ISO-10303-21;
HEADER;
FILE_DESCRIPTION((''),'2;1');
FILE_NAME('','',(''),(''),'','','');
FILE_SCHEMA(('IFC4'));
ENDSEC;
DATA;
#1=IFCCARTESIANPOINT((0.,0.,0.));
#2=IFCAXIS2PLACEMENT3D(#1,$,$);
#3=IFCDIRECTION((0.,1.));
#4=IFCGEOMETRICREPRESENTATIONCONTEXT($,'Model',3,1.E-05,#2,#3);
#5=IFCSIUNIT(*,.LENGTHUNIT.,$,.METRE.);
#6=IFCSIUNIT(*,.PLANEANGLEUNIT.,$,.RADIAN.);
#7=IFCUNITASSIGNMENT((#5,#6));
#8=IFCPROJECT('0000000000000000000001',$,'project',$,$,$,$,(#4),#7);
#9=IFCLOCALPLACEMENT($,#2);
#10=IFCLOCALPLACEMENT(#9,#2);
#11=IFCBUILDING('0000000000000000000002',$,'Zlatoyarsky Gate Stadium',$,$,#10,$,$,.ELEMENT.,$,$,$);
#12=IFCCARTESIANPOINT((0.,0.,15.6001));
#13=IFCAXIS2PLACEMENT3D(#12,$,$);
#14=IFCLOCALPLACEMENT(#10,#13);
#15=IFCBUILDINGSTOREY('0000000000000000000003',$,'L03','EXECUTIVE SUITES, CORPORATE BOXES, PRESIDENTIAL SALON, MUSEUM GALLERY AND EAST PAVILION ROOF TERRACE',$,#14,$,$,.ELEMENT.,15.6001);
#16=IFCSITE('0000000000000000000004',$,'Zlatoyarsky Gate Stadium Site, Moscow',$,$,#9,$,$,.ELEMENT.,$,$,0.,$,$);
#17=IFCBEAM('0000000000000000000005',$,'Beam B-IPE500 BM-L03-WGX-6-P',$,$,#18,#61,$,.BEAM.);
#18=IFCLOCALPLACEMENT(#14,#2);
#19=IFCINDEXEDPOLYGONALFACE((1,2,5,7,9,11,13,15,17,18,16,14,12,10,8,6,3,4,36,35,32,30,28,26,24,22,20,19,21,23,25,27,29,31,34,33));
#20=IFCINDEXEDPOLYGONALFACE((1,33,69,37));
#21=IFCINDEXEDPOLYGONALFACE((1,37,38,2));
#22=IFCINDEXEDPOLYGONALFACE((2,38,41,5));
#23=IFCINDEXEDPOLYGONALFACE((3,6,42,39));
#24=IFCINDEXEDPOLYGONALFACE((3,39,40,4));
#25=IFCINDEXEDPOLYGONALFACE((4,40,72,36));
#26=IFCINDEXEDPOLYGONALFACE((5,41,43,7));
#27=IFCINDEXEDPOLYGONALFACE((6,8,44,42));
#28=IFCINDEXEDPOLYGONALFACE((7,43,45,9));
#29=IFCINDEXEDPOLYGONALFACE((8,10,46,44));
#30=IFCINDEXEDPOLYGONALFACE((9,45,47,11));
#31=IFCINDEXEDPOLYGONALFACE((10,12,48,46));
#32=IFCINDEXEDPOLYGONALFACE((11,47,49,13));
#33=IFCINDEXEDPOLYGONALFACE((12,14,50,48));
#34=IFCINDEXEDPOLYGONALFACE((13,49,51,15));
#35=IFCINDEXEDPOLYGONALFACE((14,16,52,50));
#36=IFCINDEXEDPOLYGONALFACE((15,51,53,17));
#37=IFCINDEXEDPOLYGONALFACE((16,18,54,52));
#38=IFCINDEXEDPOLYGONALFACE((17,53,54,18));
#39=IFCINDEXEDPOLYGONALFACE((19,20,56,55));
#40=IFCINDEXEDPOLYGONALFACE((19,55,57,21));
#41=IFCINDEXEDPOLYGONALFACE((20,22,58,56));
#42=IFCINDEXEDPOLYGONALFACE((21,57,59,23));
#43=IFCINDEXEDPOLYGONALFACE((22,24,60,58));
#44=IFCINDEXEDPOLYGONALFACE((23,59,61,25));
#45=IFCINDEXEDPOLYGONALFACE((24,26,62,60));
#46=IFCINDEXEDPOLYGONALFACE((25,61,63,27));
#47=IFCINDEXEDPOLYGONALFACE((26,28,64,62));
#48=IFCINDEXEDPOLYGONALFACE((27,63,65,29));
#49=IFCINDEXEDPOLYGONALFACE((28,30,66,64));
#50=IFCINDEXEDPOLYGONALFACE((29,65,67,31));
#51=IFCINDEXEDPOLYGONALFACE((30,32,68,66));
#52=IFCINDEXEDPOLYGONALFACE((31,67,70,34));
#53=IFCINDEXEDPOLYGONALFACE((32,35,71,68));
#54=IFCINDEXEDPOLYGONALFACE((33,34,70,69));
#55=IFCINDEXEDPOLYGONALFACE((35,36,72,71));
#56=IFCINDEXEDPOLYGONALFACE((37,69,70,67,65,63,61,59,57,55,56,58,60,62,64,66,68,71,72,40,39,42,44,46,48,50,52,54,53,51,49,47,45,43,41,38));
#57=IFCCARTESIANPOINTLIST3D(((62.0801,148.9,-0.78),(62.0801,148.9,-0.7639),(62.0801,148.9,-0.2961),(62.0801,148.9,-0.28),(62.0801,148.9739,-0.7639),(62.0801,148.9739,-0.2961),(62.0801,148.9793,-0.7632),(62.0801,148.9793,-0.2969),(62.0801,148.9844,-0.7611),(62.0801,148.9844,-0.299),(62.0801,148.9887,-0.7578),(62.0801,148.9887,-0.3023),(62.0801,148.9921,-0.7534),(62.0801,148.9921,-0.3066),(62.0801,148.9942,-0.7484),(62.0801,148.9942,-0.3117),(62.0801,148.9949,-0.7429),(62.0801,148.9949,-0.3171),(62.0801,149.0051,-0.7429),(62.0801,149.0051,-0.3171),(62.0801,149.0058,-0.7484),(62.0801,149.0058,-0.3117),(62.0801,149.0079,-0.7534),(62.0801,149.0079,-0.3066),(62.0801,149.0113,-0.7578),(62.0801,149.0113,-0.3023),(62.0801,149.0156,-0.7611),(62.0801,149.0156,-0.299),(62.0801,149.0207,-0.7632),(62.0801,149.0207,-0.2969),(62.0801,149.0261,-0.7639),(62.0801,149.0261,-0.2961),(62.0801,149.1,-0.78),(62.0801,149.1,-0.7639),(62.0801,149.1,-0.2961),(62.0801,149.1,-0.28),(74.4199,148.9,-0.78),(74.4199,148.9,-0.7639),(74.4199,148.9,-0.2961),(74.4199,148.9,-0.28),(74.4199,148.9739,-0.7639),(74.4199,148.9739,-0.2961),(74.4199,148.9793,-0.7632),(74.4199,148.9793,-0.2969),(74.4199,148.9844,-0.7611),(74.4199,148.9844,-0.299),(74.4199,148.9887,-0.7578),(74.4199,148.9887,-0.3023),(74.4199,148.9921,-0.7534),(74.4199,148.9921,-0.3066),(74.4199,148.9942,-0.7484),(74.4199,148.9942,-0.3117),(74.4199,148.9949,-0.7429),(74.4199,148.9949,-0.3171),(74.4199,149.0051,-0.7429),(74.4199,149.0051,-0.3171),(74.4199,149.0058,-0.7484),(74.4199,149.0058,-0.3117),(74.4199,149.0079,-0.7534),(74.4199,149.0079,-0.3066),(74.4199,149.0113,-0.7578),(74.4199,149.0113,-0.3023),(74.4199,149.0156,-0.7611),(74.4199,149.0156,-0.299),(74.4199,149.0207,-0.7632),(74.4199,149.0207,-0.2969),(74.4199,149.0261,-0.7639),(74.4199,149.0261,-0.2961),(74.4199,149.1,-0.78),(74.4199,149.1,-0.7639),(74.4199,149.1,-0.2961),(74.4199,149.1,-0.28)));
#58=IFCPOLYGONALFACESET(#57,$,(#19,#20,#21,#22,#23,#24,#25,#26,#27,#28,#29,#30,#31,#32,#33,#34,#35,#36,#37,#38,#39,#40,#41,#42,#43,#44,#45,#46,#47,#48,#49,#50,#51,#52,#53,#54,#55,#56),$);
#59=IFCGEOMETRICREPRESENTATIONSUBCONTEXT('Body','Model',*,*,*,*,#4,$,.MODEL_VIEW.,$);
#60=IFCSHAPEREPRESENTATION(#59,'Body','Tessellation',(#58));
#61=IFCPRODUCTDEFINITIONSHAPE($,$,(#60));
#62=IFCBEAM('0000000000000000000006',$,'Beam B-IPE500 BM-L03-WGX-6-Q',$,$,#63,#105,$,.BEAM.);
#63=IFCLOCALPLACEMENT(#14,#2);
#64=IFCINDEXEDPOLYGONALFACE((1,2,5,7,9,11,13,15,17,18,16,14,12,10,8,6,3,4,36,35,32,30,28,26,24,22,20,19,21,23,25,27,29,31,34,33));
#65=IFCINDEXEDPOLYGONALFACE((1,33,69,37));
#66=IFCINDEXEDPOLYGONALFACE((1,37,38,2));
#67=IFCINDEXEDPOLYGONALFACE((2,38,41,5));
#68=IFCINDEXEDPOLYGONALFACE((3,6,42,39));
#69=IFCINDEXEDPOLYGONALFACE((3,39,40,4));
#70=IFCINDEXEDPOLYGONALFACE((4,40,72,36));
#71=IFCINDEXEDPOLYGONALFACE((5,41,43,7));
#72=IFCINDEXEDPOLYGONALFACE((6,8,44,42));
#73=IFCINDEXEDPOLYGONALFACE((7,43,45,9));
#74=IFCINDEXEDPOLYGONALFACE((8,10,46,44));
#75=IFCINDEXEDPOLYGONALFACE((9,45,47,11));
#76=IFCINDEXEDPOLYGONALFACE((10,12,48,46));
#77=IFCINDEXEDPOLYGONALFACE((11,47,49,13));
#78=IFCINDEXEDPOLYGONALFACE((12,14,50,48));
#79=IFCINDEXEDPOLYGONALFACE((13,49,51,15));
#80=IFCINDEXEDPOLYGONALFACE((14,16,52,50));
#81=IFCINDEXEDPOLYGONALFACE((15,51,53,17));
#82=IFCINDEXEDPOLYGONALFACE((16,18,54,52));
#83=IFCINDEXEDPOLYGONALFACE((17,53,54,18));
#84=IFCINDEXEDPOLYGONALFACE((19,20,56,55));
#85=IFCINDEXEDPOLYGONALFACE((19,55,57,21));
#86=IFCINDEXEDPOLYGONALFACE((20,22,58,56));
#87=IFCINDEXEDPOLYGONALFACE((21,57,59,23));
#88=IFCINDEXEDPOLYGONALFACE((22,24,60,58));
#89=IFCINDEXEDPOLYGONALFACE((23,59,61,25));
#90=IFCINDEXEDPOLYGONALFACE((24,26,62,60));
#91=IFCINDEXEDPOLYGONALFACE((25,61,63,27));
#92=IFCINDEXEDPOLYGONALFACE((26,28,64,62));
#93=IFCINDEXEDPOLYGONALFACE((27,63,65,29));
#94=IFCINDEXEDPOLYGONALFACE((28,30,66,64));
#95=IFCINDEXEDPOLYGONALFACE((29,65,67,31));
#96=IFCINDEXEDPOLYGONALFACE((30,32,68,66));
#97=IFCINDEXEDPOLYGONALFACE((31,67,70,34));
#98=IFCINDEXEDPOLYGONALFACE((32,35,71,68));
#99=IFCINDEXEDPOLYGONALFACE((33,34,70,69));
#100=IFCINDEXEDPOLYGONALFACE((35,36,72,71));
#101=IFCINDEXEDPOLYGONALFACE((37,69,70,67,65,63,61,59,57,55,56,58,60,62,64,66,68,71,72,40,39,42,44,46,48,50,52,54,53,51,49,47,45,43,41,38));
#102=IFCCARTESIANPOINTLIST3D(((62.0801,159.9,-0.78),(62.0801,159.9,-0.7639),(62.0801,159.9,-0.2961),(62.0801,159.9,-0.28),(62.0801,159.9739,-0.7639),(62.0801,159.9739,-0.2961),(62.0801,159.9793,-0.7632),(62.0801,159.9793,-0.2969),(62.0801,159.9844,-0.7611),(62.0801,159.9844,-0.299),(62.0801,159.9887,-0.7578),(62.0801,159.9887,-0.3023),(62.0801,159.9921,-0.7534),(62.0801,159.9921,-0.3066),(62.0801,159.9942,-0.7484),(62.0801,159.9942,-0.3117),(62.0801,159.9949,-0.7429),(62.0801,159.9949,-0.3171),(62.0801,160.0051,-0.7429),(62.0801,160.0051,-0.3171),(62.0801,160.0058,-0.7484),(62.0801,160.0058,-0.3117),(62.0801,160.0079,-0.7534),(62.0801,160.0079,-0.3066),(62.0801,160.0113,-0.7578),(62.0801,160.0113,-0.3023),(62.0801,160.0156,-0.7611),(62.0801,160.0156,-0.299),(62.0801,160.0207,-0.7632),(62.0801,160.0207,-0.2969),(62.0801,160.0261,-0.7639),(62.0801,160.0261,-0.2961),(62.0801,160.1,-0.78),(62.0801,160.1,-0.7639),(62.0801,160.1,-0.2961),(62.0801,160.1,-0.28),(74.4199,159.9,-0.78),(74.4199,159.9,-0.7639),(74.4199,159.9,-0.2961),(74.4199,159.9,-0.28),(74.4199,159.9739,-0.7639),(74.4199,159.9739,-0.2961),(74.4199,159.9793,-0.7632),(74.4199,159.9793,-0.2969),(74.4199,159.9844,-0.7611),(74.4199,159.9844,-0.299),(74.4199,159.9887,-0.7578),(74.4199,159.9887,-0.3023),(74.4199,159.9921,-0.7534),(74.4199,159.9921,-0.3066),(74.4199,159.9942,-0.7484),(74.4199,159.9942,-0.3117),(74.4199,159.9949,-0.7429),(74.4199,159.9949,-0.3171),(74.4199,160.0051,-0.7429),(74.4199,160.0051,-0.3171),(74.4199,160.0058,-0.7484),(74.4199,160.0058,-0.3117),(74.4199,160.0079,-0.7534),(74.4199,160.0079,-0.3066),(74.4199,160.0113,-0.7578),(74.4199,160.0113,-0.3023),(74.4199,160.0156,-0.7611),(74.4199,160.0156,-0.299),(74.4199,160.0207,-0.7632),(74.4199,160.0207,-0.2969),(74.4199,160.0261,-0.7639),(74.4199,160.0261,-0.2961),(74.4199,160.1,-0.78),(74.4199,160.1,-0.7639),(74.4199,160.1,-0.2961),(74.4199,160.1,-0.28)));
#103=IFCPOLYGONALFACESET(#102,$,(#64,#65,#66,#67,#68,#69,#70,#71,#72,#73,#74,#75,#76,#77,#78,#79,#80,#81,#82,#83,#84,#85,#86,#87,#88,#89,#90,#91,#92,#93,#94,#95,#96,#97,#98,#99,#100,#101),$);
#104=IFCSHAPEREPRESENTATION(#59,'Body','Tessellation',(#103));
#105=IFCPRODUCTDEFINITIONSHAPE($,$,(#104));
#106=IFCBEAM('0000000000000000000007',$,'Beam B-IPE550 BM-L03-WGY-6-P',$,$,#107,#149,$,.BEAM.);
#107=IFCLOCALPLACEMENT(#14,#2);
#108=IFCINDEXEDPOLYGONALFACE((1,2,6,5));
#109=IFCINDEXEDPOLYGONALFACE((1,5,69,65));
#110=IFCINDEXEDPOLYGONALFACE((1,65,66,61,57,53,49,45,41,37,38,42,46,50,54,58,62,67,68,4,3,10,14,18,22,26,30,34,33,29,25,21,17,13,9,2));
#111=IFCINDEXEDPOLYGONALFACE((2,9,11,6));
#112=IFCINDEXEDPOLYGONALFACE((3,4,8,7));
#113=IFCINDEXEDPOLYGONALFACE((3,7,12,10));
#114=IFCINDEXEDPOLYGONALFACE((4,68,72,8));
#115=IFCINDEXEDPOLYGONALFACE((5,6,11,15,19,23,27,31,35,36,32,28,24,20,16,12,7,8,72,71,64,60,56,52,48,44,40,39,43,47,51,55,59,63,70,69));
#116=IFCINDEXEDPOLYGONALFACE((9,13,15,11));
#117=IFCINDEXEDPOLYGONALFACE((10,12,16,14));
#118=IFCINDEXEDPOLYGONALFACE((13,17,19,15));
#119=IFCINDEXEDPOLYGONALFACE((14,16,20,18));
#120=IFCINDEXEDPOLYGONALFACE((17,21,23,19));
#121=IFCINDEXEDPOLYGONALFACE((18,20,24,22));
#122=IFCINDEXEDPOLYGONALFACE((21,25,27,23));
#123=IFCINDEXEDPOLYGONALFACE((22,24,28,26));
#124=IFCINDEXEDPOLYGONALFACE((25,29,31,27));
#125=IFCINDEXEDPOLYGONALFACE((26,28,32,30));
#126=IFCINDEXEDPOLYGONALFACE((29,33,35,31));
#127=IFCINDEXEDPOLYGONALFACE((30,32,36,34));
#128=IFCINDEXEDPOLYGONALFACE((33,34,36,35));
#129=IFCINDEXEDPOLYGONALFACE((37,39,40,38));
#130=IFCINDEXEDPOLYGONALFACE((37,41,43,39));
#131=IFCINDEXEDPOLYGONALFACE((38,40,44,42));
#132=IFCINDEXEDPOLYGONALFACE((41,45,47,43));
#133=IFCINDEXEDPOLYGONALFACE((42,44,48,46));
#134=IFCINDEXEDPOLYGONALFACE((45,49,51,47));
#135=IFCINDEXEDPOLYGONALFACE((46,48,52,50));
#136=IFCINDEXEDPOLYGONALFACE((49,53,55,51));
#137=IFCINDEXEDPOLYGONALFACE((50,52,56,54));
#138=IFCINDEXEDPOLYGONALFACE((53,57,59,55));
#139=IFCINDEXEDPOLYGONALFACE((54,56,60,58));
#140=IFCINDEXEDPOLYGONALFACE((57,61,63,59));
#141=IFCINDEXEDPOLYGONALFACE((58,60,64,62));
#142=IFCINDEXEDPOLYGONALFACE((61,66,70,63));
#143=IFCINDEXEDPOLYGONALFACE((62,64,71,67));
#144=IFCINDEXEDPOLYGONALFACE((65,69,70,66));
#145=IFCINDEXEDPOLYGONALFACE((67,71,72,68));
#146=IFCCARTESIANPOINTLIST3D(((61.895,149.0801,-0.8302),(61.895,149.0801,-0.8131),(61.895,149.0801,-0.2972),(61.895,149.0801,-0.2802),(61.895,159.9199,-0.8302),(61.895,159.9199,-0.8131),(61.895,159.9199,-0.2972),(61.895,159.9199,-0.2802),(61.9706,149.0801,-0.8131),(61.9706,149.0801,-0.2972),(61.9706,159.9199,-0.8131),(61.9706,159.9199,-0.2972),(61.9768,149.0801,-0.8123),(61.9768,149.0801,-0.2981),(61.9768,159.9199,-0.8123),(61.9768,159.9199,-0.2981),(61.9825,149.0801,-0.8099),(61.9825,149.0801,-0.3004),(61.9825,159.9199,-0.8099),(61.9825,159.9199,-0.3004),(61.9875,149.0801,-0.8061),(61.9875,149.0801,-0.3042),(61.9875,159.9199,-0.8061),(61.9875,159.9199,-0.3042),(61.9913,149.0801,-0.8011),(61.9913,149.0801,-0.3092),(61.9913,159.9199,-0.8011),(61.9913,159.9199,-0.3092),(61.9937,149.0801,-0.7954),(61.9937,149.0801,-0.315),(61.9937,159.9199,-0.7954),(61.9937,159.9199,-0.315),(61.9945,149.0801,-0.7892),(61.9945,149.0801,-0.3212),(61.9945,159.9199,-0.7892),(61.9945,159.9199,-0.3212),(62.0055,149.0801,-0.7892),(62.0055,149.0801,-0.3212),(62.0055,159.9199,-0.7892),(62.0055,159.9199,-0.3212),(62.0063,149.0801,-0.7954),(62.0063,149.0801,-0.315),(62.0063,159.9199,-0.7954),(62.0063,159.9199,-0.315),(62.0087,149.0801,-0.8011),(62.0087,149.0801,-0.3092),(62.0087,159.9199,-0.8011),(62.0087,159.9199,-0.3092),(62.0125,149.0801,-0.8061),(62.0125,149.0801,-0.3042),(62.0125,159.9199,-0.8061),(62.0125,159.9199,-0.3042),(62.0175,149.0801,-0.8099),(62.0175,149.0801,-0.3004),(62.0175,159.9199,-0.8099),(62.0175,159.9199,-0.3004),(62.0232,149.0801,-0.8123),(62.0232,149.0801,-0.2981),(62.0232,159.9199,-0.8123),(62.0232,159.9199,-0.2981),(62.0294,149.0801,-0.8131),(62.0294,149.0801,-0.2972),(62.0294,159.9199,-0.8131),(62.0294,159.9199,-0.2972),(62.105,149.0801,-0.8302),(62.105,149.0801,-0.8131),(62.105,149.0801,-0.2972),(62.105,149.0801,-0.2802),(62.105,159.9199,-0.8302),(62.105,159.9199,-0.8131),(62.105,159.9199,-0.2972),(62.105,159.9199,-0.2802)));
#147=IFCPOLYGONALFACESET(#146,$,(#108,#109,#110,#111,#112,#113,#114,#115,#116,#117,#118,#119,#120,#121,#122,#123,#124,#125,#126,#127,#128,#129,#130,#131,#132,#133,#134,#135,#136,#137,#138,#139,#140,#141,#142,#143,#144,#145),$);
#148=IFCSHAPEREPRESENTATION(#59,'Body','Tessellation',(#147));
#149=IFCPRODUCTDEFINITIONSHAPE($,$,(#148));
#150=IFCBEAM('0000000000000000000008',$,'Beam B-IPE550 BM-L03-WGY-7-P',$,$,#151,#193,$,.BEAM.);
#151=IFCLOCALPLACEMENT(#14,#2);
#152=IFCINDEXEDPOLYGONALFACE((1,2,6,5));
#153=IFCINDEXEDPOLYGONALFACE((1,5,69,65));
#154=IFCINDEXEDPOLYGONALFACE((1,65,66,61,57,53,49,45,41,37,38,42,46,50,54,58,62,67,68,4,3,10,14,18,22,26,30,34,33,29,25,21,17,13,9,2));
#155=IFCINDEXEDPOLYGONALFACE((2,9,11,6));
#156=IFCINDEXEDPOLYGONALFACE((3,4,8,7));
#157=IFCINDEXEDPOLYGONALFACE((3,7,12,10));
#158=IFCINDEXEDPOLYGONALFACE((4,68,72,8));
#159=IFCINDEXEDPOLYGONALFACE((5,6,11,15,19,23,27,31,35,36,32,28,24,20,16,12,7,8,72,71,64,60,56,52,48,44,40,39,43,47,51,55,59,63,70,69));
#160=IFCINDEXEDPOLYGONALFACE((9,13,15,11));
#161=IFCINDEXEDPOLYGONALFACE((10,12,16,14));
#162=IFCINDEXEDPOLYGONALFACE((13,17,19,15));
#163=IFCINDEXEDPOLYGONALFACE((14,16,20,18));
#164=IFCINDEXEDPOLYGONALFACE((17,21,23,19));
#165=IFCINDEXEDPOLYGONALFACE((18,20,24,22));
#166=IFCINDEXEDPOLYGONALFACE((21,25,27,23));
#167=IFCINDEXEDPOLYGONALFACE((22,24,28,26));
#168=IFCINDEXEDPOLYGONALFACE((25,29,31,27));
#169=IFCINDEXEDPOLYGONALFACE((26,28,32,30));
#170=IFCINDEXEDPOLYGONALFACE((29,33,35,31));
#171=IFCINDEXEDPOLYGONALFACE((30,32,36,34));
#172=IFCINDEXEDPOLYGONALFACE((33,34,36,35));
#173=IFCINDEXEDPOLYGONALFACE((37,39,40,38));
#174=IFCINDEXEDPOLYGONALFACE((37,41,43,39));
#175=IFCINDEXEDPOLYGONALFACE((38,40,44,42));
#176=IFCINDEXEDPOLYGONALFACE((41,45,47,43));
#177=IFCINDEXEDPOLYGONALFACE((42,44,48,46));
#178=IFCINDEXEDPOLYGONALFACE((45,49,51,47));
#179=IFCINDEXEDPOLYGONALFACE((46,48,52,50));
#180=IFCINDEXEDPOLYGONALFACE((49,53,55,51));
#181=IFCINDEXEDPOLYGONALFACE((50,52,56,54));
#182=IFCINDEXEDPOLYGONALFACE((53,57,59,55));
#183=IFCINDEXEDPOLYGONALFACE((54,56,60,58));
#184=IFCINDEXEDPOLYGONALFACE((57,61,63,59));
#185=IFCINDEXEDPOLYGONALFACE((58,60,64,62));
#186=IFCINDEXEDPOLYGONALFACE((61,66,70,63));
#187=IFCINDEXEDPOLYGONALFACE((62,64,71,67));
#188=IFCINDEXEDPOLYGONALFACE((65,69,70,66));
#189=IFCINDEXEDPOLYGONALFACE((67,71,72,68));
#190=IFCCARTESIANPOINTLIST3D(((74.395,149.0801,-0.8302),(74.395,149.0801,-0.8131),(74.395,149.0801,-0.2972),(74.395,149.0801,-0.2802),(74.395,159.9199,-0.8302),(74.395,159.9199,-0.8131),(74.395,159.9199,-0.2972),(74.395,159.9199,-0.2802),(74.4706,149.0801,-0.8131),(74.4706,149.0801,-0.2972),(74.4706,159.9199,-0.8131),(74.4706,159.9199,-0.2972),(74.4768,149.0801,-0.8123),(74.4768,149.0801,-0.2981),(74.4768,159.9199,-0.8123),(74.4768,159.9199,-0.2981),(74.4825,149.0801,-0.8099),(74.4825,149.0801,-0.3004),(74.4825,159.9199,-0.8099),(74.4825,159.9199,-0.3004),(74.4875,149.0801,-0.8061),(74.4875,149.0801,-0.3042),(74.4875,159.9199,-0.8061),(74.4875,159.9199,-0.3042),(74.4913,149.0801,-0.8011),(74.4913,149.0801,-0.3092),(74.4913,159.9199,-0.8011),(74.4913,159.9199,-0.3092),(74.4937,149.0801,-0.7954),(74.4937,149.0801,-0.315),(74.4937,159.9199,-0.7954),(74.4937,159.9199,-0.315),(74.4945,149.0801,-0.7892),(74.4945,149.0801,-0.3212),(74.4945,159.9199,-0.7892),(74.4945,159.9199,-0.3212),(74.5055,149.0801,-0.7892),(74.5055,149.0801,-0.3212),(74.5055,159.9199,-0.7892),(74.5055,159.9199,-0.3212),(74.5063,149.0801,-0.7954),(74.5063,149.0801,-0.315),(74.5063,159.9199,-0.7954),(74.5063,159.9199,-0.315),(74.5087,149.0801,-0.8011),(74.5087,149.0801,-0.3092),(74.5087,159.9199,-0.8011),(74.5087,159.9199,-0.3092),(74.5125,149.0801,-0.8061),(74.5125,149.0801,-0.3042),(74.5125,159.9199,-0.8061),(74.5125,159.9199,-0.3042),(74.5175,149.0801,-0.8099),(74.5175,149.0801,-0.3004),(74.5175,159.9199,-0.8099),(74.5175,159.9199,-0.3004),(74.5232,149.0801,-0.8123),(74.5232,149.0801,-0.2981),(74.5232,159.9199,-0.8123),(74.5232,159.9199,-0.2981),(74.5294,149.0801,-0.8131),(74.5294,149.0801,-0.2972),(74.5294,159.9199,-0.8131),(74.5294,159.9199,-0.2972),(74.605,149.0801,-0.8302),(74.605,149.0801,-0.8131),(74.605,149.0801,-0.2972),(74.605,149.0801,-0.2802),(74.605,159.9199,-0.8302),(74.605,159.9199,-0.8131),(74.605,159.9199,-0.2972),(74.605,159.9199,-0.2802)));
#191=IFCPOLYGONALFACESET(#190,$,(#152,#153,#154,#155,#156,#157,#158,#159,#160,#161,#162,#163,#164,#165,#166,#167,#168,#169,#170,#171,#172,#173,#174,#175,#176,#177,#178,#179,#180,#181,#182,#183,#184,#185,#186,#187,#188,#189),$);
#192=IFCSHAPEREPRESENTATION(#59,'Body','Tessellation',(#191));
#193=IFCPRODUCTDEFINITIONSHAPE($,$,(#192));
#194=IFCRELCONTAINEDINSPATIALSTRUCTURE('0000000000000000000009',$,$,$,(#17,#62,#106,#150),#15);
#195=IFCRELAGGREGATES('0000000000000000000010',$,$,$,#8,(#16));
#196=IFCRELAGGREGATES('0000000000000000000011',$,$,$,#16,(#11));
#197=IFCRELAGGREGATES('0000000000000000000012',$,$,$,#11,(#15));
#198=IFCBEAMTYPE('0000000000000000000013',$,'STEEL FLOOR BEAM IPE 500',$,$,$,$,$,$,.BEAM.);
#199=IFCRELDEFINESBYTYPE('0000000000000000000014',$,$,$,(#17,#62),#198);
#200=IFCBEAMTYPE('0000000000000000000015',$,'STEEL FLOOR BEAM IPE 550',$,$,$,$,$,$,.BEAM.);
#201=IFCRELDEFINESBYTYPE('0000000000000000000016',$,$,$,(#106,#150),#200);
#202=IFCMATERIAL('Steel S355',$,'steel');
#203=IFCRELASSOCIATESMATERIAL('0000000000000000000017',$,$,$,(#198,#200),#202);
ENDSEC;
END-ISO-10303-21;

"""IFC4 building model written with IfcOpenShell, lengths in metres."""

from ifc_helpers import new_model, si_unit, direction, frame, origin, origin_2d, place, context, subcontext, project, spatial, i_section, extrude, material, material_profile, profile_set, type_object, element, save


model = new_model("IFC4")

# Units and contexts
model_context = context("Model", 3, precision=1e-05, world=origin(), true_north=direction((0.0, 1.0)))
body_context = subcontext(model_context, "Body", "Model", "MODEL_VIEW")
ifc_project = project(units=[si_unit("LENGTHUNIT", "METRE"), si_unit("PLANEANGLEUNIT", "RADIAN")], contexts=[model_context])

# Site, building, storey
site_placement = place(None, origin())
site = spatial("IfcSite", under=ifc_project, at=site_placement, Name="Zlatoyarsky Gate Stadium Site, Moscow", CompositionType="ELEMENT", RefElevation=0.0)
building_placement = place(site_placement, origin())
building = spatial("IfcBuilding", under=site, at=building_placement, Name="Zlatoyarsky Gate Stadium", CompositionType="ELEMENT")
storey_placement = place(building_placement, frame((0.0, 0.0, 15.6001)))
storey = spatial("IfcBuildingStorey", under=building, at=storey_placement, Name="L03", Description="EXECUTIVE SUITES, CORPORATE BOXES, PRESIDENTIAL SALON, MUSEUM GALLERY AND EAST PAVILION ROOF TERRACE", CompositionType="ELEMENT", Elevation=15.6001)

# Shared definitions
ifc_material_1 = material(Name="Steel S355", Category="steel")

# Beams
ifc_material_profile_1 = material_profile(ifc_material_1, i_section(OverallWidth=0.2, OverallDepth=0.5, WebThickness=0.0103, FlangeThickness=0.0161, FilletRadius=0.021, at=origin_2d()), Name="IPE 500")
ifc_profile_set_1 = profile_set([ifc_material_profile_1], Name="Steel S355")
beam_type_1 = type_object("IfcBeamType", Name="STEEL FLOOR BEAM IPE 500", PredefinedType="BEAM", material=ifc_profile_set_1)
for number, where, z_axis, x_axis, name in (
    (1, (62.0801, 149.0, -0.53), (1.0, 0.0, 0.0), (0.0, 1.0, 0.0), "Beam B-IPE500 BM-L03-WGX-6-P"),
    (2, (62.0801, 160.0, -0.53), (1.0, 0.0, 0.0), (0.0, 1.0, 0.0), "Beam B-IPE500 BM-L03-WGX-6-Q"),
):
    element("IfcBeam", number, at=place(storey_placement, frame(where, z_axis=z_axis, x_axis=x_axis)), inside=storey, type_object=beam_type_1, Name=name, PredefinedType="BEAM", context=body_context, shape_type="SweptSolid", body=[
        extrude(i_section(OverallWidth=0.2, OverallDepth=0.5, WebThickness=0.0103, FlangeThickness=0.0161, FilletRadius=0.021, at=origin_2d()), origin(), (0.0, 0.0, 1.0), 12.3398),
    ])
ifc_material_profile_2 = material_profile(ifc_material_1, i_section(OverallWidth=0.21, OverallDepth=0.55, WebThickness=0.011, FlangeThickness=0.0171, FilletRadius=0.0239, at=origin_2d()), Name="IPE 550")
ifc_profile_set_2 = profile_set([ifc_material_profile_2], Name="Steel S355")
beam_type_2 = type_object("IfcBeamType", Name="STEEL FLOOR BEAM IPE 550", PredefinedType="BEAM", material=ifc_profile_set_2)
for number, where, z_axis, x_axis, name in (
    (3, (62.0, 149.0801, -0.5552), (0.0, 1.0, 0.0), (-1.0, 0.0, 0.0), "Beam B-IPE550 BM-L03-WGY-6-P"),
    (4, (74.5, 149.0801, -0.5552), (0.0, 1.0, 0.0), (-1.0, 0.0, 0.0), "Beam B-IPE550 BM-L03-WGY-7-P"),
):
    element("IfcBeam", number, at=place(storey_placement, frame(where, z_axis=z_axis, x_axis=x_axis)), inside=storey, type_object=beam_type_2, Name=name, PredefinedType="BEAM", context=body_context, shape_type="SweptSolid", body=[
        extrude(i_section(OverallWidth=0.21, OverallDepth=0.55, WebThickness=0.011, FlangeThickness=0.0171, FilletRadius=0.0239, at=origin_2d()), origin(), (0.0, 0.0, 1.0), 10.8398),
    ])

save(model, "model.ifc")
